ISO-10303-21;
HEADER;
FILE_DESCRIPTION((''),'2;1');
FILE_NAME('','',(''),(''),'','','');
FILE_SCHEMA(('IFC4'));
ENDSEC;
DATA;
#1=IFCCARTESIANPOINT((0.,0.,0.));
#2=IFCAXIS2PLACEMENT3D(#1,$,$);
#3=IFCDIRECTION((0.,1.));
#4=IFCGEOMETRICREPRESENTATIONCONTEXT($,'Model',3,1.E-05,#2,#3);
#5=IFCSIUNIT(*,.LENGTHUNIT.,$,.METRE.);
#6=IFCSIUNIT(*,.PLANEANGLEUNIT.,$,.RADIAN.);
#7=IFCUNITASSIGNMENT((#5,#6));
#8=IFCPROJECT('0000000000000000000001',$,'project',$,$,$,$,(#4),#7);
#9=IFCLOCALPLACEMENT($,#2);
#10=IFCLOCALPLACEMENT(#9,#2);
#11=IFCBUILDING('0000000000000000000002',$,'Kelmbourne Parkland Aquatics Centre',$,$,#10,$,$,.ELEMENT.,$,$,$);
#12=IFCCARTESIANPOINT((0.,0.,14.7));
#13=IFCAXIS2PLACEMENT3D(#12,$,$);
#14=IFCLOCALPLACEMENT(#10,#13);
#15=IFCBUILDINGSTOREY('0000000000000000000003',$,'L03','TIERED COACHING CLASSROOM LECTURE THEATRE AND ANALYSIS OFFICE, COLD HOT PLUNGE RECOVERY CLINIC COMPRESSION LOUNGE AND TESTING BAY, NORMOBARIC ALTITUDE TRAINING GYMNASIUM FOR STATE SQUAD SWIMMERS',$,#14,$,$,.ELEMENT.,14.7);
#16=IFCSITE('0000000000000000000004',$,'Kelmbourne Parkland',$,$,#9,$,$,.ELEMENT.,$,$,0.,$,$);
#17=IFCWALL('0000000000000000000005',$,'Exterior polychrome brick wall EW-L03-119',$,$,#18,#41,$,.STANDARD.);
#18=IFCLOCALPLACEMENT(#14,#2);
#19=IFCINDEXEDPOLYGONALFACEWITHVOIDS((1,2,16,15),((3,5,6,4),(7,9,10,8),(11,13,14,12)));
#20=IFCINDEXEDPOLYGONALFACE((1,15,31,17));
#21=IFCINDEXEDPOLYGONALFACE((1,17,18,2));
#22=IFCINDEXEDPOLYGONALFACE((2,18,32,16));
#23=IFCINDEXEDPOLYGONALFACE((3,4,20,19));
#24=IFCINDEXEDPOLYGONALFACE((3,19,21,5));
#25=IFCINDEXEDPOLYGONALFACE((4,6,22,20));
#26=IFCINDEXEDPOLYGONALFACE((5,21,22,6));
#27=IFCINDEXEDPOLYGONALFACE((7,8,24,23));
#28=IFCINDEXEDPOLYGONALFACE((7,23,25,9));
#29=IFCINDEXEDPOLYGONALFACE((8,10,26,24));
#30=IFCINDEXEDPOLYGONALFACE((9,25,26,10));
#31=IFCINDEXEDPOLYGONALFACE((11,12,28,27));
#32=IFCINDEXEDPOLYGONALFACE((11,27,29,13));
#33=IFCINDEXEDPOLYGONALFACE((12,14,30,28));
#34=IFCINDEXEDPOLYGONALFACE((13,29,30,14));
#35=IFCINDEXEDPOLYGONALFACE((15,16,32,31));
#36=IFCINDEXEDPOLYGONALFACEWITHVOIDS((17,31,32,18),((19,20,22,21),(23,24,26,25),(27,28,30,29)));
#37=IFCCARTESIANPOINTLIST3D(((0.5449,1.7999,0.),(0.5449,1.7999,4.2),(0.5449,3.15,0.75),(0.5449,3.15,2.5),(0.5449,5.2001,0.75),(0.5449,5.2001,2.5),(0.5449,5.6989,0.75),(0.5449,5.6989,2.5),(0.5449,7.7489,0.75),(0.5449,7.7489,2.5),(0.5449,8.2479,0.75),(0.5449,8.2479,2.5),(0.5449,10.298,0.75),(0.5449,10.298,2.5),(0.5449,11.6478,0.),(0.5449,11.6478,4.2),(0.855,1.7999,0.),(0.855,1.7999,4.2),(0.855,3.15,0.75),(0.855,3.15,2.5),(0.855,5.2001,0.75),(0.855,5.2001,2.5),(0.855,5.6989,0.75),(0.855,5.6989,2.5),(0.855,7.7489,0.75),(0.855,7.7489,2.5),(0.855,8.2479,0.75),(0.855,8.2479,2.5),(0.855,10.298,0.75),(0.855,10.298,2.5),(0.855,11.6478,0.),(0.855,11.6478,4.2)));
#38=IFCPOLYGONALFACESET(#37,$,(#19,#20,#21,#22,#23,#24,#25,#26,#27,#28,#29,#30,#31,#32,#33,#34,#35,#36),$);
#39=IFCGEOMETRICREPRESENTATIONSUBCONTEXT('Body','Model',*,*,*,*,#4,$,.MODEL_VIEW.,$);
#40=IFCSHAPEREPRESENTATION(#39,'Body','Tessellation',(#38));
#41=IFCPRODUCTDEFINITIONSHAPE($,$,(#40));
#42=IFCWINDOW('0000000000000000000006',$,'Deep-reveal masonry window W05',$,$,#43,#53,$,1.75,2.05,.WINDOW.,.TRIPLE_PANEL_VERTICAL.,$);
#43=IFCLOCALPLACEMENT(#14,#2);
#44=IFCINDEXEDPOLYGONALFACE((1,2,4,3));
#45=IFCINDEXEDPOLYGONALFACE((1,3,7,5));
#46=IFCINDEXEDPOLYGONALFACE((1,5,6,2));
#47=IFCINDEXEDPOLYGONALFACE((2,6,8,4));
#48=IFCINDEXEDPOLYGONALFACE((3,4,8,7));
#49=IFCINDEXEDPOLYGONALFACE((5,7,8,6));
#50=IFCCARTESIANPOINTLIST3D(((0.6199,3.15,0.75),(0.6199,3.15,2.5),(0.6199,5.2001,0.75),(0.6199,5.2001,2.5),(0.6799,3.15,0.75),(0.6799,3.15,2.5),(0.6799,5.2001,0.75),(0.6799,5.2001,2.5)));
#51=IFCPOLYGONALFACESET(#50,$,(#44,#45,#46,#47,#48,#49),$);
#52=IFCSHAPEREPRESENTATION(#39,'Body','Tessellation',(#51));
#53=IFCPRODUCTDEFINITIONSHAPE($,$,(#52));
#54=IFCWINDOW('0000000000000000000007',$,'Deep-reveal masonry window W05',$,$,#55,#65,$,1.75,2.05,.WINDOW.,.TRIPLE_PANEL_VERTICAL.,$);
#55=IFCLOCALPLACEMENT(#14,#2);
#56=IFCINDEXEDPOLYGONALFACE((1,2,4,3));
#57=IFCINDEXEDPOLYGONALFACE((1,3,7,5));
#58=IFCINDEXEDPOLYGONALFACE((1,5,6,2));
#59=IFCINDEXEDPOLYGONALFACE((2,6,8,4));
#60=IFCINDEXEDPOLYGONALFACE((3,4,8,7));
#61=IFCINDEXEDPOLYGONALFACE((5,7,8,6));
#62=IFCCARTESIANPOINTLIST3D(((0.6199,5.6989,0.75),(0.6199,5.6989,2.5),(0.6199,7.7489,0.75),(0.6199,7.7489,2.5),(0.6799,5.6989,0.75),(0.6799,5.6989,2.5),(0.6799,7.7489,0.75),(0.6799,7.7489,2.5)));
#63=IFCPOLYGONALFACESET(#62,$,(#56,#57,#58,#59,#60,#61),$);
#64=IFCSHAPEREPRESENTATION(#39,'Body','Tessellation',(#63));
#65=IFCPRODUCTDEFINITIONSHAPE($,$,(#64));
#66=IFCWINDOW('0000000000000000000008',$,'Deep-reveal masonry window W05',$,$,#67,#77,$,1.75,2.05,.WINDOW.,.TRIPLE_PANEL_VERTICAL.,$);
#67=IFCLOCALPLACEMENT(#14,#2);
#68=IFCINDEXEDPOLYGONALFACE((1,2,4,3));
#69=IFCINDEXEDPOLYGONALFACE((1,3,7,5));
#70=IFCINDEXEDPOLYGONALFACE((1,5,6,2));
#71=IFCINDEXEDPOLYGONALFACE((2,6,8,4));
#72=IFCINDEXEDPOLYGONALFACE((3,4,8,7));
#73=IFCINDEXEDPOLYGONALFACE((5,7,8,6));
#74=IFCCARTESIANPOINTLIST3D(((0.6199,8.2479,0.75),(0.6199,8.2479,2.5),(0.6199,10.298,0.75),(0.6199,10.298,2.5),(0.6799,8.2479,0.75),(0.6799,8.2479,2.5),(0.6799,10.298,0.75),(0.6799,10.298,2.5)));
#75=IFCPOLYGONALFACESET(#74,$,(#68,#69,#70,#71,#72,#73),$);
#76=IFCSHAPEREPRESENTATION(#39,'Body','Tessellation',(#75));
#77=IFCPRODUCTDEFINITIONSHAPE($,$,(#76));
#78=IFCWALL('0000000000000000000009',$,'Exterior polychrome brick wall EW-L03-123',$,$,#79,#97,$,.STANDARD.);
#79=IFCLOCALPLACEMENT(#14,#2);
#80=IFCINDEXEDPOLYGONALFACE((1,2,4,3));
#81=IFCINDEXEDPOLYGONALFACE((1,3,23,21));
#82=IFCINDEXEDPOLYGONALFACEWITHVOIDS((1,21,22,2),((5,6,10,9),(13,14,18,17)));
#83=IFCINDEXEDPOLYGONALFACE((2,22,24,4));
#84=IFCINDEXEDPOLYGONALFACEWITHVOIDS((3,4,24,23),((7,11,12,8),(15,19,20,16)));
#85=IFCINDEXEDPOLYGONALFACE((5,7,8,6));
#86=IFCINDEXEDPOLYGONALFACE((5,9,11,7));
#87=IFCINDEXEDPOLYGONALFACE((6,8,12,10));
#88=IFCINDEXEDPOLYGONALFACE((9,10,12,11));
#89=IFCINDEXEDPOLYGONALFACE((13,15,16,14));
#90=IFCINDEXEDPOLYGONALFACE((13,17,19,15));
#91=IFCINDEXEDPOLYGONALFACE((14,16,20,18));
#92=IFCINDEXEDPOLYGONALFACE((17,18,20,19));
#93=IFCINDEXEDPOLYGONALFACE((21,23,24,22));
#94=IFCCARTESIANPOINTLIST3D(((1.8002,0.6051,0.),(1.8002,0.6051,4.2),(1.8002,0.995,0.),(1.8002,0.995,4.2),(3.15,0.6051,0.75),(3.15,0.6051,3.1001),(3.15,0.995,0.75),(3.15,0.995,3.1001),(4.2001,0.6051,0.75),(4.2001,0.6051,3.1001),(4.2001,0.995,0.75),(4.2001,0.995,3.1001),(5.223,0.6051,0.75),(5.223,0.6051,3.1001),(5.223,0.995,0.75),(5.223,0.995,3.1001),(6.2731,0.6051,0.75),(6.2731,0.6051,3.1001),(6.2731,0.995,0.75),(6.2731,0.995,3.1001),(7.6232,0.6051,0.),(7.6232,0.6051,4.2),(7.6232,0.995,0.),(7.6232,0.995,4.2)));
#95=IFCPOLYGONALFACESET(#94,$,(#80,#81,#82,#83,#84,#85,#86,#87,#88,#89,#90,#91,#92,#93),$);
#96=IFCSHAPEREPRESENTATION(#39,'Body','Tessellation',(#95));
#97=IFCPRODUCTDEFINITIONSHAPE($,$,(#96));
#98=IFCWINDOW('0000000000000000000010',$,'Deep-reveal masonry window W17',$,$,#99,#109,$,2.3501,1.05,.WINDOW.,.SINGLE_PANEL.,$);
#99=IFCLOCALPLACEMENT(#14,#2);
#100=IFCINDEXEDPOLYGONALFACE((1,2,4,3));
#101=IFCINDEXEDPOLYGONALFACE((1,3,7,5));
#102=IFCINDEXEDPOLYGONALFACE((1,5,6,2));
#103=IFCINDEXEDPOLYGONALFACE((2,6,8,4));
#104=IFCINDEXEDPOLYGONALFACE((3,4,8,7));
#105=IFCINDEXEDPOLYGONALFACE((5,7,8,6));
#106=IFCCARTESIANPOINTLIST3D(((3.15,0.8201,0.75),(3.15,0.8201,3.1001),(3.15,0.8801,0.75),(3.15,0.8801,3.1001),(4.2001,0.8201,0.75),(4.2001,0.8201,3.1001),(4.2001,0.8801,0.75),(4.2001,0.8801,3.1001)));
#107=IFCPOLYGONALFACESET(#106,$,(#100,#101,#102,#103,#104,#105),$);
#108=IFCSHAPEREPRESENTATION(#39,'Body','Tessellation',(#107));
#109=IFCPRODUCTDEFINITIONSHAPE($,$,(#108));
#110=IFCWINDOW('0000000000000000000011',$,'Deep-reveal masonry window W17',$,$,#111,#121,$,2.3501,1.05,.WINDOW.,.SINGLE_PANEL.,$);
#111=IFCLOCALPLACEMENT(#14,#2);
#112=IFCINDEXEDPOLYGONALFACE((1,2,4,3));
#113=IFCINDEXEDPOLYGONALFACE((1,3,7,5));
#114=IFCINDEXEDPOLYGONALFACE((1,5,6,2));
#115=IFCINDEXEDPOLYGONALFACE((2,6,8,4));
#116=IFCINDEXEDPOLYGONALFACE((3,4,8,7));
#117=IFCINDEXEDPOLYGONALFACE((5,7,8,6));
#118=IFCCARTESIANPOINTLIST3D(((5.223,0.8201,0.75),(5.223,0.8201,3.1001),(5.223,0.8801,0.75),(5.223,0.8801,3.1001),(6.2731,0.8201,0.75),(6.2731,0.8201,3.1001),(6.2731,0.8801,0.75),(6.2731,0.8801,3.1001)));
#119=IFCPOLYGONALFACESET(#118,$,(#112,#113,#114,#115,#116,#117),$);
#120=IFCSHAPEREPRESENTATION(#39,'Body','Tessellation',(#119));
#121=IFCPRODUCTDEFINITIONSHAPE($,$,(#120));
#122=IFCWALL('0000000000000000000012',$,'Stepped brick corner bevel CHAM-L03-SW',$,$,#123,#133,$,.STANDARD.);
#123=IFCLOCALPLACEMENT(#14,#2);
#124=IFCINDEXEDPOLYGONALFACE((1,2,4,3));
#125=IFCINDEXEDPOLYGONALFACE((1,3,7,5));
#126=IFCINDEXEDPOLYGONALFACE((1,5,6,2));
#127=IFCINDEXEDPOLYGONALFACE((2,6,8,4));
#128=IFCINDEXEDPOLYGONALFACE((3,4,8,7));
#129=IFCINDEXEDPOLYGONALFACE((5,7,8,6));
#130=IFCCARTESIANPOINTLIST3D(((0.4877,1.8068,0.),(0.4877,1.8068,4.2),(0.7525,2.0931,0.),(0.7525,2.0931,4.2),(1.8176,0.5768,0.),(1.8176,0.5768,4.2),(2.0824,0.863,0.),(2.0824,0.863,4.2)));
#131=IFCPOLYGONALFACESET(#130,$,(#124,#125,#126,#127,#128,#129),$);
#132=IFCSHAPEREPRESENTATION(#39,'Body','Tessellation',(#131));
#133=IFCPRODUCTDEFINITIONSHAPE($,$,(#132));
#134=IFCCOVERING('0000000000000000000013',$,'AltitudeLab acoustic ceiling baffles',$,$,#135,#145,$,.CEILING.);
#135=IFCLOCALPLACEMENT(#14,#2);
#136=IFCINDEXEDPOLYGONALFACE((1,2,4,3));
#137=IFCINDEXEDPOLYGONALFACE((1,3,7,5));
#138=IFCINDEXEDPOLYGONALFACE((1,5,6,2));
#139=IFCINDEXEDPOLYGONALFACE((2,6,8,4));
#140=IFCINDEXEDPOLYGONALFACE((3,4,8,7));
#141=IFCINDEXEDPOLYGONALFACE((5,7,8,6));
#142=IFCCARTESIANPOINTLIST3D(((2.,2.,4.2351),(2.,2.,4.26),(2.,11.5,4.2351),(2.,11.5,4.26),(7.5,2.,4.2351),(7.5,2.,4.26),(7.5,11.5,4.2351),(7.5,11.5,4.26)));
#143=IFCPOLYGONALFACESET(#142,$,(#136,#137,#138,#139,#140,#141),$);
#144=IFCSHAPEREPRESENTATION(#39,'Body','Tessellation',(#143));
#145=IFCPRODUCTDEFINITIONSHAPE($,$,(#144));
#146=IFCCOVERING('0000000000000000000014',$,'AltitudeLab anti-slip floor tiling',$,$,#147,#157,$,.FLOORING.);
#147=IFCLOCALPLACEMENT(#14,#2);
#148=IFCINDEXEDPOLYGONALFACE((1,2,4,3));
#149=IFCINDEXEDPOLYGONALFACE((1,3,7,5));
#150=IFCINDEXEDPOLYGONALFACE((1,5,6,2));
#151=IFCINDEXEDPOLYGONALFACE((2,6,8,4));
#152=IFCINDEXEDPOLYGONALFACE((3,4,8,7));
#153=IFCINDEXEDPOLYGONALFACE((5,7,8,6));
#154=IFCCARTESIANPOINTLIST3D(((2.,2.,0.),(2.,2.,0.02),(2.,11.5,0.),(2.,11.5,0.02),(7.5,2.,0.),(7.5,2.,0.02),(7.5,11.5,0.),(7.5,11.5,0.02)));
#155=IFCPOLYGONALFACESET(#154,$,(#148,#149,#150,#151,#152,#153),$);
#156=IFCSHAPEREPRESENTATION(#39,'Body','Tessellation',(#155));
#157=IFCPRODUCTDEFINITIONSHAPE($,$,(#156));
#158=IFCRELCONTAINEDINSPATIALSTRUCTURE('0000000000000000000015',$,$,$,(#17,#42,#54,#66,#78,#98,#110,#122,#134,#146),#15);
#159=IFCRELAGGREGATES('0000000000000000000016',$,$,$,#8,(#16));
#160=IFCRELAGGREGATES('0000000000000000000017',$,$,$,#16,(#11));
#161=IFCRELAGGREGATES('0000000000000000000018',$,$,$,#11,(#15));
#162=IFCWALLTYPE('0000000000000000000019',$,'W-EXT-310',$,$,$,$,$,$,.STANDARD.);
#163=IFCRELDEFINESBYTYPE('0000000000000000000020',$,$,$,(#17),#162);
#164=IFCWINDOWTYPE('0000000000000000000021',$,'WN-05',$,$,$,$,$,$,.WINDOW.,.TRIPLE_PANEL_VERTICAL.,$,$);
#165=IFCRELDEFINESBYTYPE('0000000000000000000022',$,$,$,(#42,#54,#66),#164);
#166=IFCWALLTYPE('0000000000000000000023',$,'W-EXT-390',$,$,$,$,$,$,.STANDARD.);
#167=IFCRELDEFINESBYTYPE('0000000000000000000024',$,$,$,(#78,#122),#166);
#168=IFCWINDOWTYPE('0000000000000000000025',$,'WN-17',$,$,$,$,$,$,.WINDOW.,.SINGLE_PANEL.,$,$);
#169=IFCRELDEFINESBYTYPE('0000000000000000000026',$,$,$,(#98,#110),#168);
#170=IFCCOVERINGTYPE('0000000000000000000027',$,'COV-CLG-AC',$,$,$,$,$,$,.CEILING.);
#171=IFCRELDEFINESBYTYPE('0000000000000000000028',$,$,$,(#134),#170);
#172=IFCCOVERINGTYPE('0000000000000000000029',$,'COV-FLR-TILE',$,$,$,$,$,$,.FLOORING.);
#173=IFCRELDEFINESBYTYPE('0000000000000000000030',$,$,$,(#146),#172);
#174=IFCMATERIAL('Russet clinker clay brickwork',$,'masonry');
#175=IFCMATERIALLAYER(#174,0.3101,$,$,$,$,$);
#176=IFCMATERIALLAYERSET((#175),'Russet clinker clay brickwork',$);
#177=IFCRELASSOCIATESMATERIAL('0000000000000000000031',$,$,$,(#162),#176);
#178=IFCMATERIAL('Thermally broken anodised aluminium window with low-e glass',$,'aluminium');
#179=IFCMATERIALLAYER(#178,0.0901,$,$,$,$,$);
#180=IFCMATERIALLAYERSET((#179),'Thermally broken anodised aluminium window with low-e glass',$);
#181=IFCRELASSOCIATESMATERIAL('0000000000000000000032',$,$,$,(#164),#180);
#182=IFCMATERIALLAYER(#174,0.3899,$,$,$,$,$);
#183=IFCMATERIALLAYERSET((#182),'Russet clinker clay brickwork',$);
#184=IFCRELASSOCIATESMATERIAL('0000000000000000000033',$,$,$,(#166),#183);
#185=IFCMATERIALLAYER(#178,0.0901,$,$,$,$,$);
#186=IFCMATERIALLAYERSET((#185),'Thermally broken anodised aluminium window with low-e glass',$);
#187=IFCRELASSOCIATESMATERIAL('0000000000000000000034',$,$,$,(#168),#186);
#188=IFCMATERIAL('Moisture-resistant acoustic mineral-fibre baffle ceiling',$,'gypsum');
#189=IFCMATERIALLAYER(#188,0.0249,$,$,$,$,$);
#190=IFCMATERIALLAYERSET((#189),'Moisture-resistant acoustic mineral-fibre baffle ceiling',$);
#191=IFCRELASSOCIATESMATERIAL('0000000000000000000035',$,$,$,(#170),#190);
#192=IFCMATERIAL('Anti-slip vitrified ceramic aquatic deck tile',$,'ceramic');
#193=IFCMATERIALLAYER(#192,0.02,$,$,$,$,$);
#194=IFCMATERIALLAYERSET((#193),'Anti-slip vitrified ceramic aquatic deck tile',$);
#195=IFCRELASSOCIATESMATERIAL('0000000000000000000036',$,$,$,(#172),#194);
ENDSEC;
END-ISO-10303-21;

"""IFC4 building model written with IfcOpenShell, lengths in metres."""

from ifc_helpers import new_model, si_unit, direction, frame, frame_2d, origin, place, context, subcontext, project, spatial, polyline, rectangle, outline, extrude, material, layer, layer_set, type_object, element, fill, save


model = new_model("IFC4")

# Units and contexts
model_context = context("Model", 3, precision=1e-05, world=origin(), true_north=direction((0.0, 1.0)))
body_context = subcontext(model_context, "Body", "Model", "MODEL_VIEW")
ifc_project = project(units=[si_unit("LENGTHUNIT", "METRE"), si_unit("PLANEANGLEUNIT", "RADIAN")], contexts=[model_context])

# Site, building, storey
site_placement = place(None, origin())
site = spatial("IfcSite", under=ifc_project, at=site_placement, Name="Kelmbourne Parkland", CompositionType="ELEMENT", RefElevation=0.0)
building_placement = place(site_placement, origin())
building = spatial("IfcBuilding", under=site, at=building_placement, Name="Kelmbourne Parkland Aquatics Centre", CompositionType="ELEMENT")
storey_placement = place(building_placement, frame((0.0, 0.0, 14.7)))
storey = spatial("IfcBuildingStorey", under=building, at=storey_placement, Name="L03", Description="TIERED COACHING CLASSROOM LECTURE THEATRE AND ANALYSIS OFFICE, COLD HOT PLUNGE RECOVERY CLINIC COMPRESSION LOUNGE AND TESTING BAY, NORMOBARIC ALTITUDE TRAINING GYMNASIUM FOR STATE SQUAD SWIMMERS", CompositionType="ELEMENT", Elevation=14.7)

# Walls, openings, windows
ifc_material_1 = material(Name="Russet clinker clay brickwork", Category="masonry")
ifc_layer_1 = layer(ifc_material_1, 0.3101)
ifc_layer_set_1 = layer_set([ifc_layer_1], Name="Russet clinker clay brickwork")
wall_type_1 = type_object("IfcWallType", Name="W-EXT-310", PredefinedType="STANDARD", material=ifc_layer_set_1)
wall_1_placement = place(storey_placement, frame((0.7, 1.8, 0.0), z_axis=(0.0, 0.0, 1.0), x_axis=(0.0, 1.0, 0.0)))
wall_1 = element("IfcWall", 1, at=wall_1_placement, inside=storey, type_object=wall_type_1, Name="Exterior polychrome brick wall EW-L03-119", PredefinedType="STANDARD", context=body_context, shape_type="SweptSolid", body=[
    extrude(rectangle(XDim=9.8479, YDim=0.3101, at=frame_2d((4.9238, 0.0))), origin(), (0.0, 0.0, 1.0), 4.2),
])
opening_1_placement = place(wall_1_placement, frame((1.3501, 0.0, 0.75)))
opening_1 = element("IfcOpeningElement", 2, at=opening_1_placement, cuts=wall_1, PredefinedType="OPENING", context=body_context, shape_type="SweptSolid", body=[
    extrude(rectangle(XDim=2.05, YDim=1.75, at=frame_2d((1.0249, 0.875))), frame((0.0, 0.167, 0.0), z_axis=(0.0, -1.0, 0.0), x_axis=(1.0, 0.0, 0.0)), (0.0, 0.0, 1.0), 0.334),
])
opening_2_placement = place(wall_1_placement, frame((3.8989, 0.0, 0.75)))
opening_2 = element("IfcOpeningElement", 3, at=opening_2_placement, cuts=wall_1, PredefinedType="OPENING", context=body_context, shape_type="SweptSolid", body=[
    extrude(rectangle(XDim=2.05, YDim=1.75, at=frame_2d((1.0249, 0.875))), frame((0.0, 0.167, 0.0), z_axis=(0.0, -1.0, 0.0), x_axis=(1.0, 0.0, 0.0)), (0.0, 0.0, 1.0), 0.334),
])
opening_3_placement = place(wall_1_placement, frame((6.448, 0.0, 0.75)))
opening_3 = element("IfcOpeningElement", 4, at=opening_3_placement, cuts=wall_1, PredefinedType="OPENING", context=body_context, shape_type="SweptSolid", body=[
    extrude(rectangle(XDim=2.05, YDim=1.75, at=frame_2d((1.0249, 0.875))), frame((0.0, 0.167, 0.0), z_axis=(0.0, -1.0, 0.0), x_axis=(1.0, 0.0, 0.0)), (0.0, 0.0, 1.0), 0.334),
])
ifc_material_2 = material(Name="Thermally broken anodised aluminium window with low-e glass", Category="aluminium")
ifc_layer_2 = layer(ifc_material_2, 0.0901)
ifc_layer_set_2 = layer_set([ifc_layer_2], Name="Thermally broken anodised aluminium window with low-e glass")
window_type_1 = type_object("IfcWindowType", Name="WN-05", PartitioningType="TRIPLE_PANEL_VERTICAL", PredefinedType="WINDOW", material=ifc_layer_set_2)
window_1_placement = place(opening_1_placement, origin())
window_1 = element("IfcWindow", 5, at=window_1_placement, inside=storey, type_object=window_type_1, Name="Deep-reveal masonry window W05", OverallHeight=1.75, OverallWidth=2.05, PartitioningType="TRIPLE_PANEL_VERTICAL", PredefinedType="WINDOW", context=body_context, shape_type="SweptSolid", body=[
    extrude(rectangle(XDim=2.05, YDim=1.75, at=frame_2d((1.0249, 0.875))), frame((0.0, 0.0801, 0.0), z_axis=(0.0, -1.0, 0.0), x_axis=(1.0, 0.0, 0.0)), (0.0, 0.0, 1.0), 0.0601),
])
fill(opening_1, window_1)
window_2_placement = place(opening_2_placement, origin())
window_2 = element("IfcWindow", 6, at=window_2_placement, inside=storey, type_object=window_type_1, Name="Deep-reveal masonry window W05", OverallHeight=1.75, OverallWidth=2.05, PartitioningType="TRIPLE_PANEL_VERTICAL", PredefinedType="WINDOW", context=body_context, shape_type="SweptSolid", body=[
    extrude(rectangle(XDim=2.05, YDim=1.75, at=frame_2d((1.0249, 0.875))), frame((0.0, 0.0801, 0.0), z_axis=(0.0, -1.0, 0.0), x_axis=(1.0, 0.0, 0.0)), (0.0, 0.0, 1.0), 0.0601),
])
fill(opening_2, window_2)
window_3_placement = place(opening_3_placement, origin())
window_3 = element("IfcWindow", 7, at=window_3_placement, inside=storey, type_object=window_type_1, Name="Deep-reveal masonry window W05", OverallHeight=1.75, OverallWidth=2.05, PartitioningType="TRIPLE_PANEL_VERTICAL", PredefinedType="WINDOW", context=body_context, shape_type="SweptSolid", body=[
    extrude(rectangle(XDim=2.05, YDim=1.75, at=frame_2d((1.0249, 0.875))), frame((0.0, 0.0801, 0.0), z_axis=(0.0, -1.0, 0.0), x_axis=(1.0, 0.0, 0.0)), (0.0, 0.0, 1.0), 0.0601),
])
fill(opening_3, window_3)
ifc_layer_3 = layer(ifc_material_1, 0.3899)
ifc_layer_set_3 = layer_set([ifc_layer_3], Name="Russet clinker clay brickwork")
wall_type_2 = type_object("IfcWallType", Name="W-EXT-390", PredefinedType="STANDARD", material=ifc_layer_set_3)
wall_2_placement = place(storey_placement, frame((1.8, 0.8, 0.0), z_axis=(0.0, 0.0, 1.0), x_axis=(1.0, 0.0, 0.0)))
wall_2 = element("IfcWall", 8, at=wall_2_placement, inside=storey, type_object=wall_type_2, Name="Exterior polychrome brick wall EW-L03-123", PredefinedType="STANDARD", context=body_context, shape_type="SweptSolid", body=[
    extrude(rectangle(XDim=5.823, YDim=0.3899, at=frame_2d((2.9116, 0.0))), origin(), (0.0, 0.0, 1.0), 4.2),
])
opening_4_placement = place(wall_2_placement, frame((1.3501, 0.0, 0.75)))
opening_4 = element("IfcOpeningElement", 9, at=opening_4_placement, cuts=wall_2, PredefinedType="OPENING", context=body_context, shape_type="SweptSolid", body=[
    extrude(rectangle(XDim=1.05, YDim=2.3501, at=frame_2d((0.5249, 1.175))), frame((0.0, 0.207, 0.0), z_axis=(0.0, -1.0, 0.0), x_axis=(1.0, 0.0, 0.0)), (0.0, 0.0, 1.0), 0.4138),
])
opening_5_placement = place(wall_2_placement, frame((3.4231, 0.0, 0.75)))
opening_5 = element("IfcOpeningElement", 10, at=opening_5_placement, cuts=wall_2, PredefinedType="OPENING", context=body_context, shape_type="SweptSolid", body=[
    extrude(rectangle(XDim=1.05, YDim=2.3501, at=frame_2d((0.5249, 1.175))), frame((0.0, 0.207, 0.0), z_axis=(0.0, -1.0, 0.0), x_axis=(1.0, 0.0, 0.0)), (0.0, 0.0, 1.0), 0.4138),
])
ifc_layer_4 = layer(ifc_material_2, 0.0901)
ifc_layer_set_4 = layer_set([ifc_layer_4], Name="Thermally broken anodised aluminium window with low-e glass")
window_type_2 = type_object("IfcWindowType", Name="WN-17", PartitioningType="SINGLE_PANEL", PredefinedType="WINDOW", material=ifc_layer_set_4)
window_4_placement = place(opening_4_placement, origin())
window_4 = element("IfcWindow", 11, at=window_4_placement, inside=storey, type_object=window_type_2, Name="Deep-reveal masonry window W17", OverallHeight=2.3501, OverallWidth=1.05, PartitioningType="SINGLE_PANEL", PredefinedType="WINDOW", context=body_context, shape_type="SweptSolid", body=[
    extrude(rectangle(XDim=1.05, YDim=2.3501, at=frame_2d((0.5249, 1.175))), frame((0.0, 0.0801, 0.0), z_axis=(0.0, -1.0, 0.0), x_axis=(1.0, 0.0, 0.0)), (0.0, 0.0, 1.0), 0.0601),
])
fill(opening_4, window_4)
window_5_placement = place(opening_5_placement, origin())
window_5 = element("IfcWindow", 12, at=window_5_placement, inside=storey, type_object=window_type_2, Name="Deep-reveal masonry window W17", OverallHeight=2.3501, OverallWidth=1.05, PartitioningType="SINGLE_PANEL", PredefinedType="WINDOW", context=body_context, shape_type="SweptSolid", body=[
    extrude(rectangle(XDim=1.05, YDim=2.3501, at=frame_2d((0.5249, 1.175))), frame((0.0, 0.0801, 0.0), z_axis=(0.0, -1.0, 0.0), x_axis=(1.0, 0.0, 0.0)), (0.0, 0.0, 1.0), 0.0601),
])
fill(opening_5, window_5)

# Wall
wall_3_placement = place(storey_placement, frame((0.6201, 1.95, 0.0), z_axis=(0.0, 0.0, 1.0), x_axis=(0.734131, -0.679007, 0.0)))
element("IfcWall", 13, at=wall_3_placement, inside=storey, type_object=wall_type_2, Name="Stepped brick corner bevel CHAM-L03-SW", PredefinedType="STANDARD", context=body_context, shape_type="SweptSolid", body=[
    extrude(rectangle(XDim=1.8115, YDim=0.3899, at=frame_2d((0.9058, 0.0))), origin(), (0.0, 0.0, 1.0), 4.2),
])

# Coverings
ifc_material_3 = material(Name="Moisture-resistant acoustic mineral-fibre baffle ceiling", Category="gypsum")
ifc_layer_5 = layer(ifc_material_3, 0.0249)
ifc_layer_set_5 = layer_set([ifc_layer_5], Name="Moisture-resistant acoustic mineral-fibre baffle ceiling")
covering_type_1 = type_object("IfcCoveringType", Name="COV-CLG-AC", PredefinedType="CEILING", material=ifc_layer_set_5)
covering_1_placement = place(storey_placement, frame((0.0, 0.0, 4.2351)))
element("IfcCovering", 14, at=covering_1_placement, inside=storey, type_object=covering_type_1, Name="AltitudeLab acoustic ceiling baffles", PredefinedType="CEILING", context=body_context, shape_type="SweptSolid", body=[
    extrude(outline(polyline([(2.0, 2.0), (7.5, 2.0), (7.5, 11.5), (2.0, 11.5), (2.0, 2.0)])), origin(), (0.0, 0.0, 1.0), 0.0249),
])
ifc_material_4 = material(Name="Anti-slip vitrified ceramic aquatic deck tile", Category="ceramic")
ifc_layer_6 = layer(ifc_material_4, 0.02)
ifc_layer_set_6 = layer_set([ifc_layer_6], Name="Anti-slip vitrified ceramic aquatic deck tile")
covering_type_2 = type_object("IfcCoveringType", Name="COV-FLR-TILE", PredefinedType="FLOORING", material=ifc_layer_set_6)
covering_2_placement = place(storey_placement, origin())
element("IfcCovering", 15, at=covering_2_placement, inside=storey, type_object=covering_type_2, Name="AltitudeLab anti-slip floor tiling", PredefinedType="FLOORING", context=body_context, shape_type="SweptSolid", body=[
    extrude(outline(polyline([(2.0, 2.0), (7.5, 2.0), (7.5, 11.5), (2.0, 11.5), (2.0, 2.0)])), origin(), (0.0, 0.0, 1.0), 0.02),
])

save(model, "model.ifc")
